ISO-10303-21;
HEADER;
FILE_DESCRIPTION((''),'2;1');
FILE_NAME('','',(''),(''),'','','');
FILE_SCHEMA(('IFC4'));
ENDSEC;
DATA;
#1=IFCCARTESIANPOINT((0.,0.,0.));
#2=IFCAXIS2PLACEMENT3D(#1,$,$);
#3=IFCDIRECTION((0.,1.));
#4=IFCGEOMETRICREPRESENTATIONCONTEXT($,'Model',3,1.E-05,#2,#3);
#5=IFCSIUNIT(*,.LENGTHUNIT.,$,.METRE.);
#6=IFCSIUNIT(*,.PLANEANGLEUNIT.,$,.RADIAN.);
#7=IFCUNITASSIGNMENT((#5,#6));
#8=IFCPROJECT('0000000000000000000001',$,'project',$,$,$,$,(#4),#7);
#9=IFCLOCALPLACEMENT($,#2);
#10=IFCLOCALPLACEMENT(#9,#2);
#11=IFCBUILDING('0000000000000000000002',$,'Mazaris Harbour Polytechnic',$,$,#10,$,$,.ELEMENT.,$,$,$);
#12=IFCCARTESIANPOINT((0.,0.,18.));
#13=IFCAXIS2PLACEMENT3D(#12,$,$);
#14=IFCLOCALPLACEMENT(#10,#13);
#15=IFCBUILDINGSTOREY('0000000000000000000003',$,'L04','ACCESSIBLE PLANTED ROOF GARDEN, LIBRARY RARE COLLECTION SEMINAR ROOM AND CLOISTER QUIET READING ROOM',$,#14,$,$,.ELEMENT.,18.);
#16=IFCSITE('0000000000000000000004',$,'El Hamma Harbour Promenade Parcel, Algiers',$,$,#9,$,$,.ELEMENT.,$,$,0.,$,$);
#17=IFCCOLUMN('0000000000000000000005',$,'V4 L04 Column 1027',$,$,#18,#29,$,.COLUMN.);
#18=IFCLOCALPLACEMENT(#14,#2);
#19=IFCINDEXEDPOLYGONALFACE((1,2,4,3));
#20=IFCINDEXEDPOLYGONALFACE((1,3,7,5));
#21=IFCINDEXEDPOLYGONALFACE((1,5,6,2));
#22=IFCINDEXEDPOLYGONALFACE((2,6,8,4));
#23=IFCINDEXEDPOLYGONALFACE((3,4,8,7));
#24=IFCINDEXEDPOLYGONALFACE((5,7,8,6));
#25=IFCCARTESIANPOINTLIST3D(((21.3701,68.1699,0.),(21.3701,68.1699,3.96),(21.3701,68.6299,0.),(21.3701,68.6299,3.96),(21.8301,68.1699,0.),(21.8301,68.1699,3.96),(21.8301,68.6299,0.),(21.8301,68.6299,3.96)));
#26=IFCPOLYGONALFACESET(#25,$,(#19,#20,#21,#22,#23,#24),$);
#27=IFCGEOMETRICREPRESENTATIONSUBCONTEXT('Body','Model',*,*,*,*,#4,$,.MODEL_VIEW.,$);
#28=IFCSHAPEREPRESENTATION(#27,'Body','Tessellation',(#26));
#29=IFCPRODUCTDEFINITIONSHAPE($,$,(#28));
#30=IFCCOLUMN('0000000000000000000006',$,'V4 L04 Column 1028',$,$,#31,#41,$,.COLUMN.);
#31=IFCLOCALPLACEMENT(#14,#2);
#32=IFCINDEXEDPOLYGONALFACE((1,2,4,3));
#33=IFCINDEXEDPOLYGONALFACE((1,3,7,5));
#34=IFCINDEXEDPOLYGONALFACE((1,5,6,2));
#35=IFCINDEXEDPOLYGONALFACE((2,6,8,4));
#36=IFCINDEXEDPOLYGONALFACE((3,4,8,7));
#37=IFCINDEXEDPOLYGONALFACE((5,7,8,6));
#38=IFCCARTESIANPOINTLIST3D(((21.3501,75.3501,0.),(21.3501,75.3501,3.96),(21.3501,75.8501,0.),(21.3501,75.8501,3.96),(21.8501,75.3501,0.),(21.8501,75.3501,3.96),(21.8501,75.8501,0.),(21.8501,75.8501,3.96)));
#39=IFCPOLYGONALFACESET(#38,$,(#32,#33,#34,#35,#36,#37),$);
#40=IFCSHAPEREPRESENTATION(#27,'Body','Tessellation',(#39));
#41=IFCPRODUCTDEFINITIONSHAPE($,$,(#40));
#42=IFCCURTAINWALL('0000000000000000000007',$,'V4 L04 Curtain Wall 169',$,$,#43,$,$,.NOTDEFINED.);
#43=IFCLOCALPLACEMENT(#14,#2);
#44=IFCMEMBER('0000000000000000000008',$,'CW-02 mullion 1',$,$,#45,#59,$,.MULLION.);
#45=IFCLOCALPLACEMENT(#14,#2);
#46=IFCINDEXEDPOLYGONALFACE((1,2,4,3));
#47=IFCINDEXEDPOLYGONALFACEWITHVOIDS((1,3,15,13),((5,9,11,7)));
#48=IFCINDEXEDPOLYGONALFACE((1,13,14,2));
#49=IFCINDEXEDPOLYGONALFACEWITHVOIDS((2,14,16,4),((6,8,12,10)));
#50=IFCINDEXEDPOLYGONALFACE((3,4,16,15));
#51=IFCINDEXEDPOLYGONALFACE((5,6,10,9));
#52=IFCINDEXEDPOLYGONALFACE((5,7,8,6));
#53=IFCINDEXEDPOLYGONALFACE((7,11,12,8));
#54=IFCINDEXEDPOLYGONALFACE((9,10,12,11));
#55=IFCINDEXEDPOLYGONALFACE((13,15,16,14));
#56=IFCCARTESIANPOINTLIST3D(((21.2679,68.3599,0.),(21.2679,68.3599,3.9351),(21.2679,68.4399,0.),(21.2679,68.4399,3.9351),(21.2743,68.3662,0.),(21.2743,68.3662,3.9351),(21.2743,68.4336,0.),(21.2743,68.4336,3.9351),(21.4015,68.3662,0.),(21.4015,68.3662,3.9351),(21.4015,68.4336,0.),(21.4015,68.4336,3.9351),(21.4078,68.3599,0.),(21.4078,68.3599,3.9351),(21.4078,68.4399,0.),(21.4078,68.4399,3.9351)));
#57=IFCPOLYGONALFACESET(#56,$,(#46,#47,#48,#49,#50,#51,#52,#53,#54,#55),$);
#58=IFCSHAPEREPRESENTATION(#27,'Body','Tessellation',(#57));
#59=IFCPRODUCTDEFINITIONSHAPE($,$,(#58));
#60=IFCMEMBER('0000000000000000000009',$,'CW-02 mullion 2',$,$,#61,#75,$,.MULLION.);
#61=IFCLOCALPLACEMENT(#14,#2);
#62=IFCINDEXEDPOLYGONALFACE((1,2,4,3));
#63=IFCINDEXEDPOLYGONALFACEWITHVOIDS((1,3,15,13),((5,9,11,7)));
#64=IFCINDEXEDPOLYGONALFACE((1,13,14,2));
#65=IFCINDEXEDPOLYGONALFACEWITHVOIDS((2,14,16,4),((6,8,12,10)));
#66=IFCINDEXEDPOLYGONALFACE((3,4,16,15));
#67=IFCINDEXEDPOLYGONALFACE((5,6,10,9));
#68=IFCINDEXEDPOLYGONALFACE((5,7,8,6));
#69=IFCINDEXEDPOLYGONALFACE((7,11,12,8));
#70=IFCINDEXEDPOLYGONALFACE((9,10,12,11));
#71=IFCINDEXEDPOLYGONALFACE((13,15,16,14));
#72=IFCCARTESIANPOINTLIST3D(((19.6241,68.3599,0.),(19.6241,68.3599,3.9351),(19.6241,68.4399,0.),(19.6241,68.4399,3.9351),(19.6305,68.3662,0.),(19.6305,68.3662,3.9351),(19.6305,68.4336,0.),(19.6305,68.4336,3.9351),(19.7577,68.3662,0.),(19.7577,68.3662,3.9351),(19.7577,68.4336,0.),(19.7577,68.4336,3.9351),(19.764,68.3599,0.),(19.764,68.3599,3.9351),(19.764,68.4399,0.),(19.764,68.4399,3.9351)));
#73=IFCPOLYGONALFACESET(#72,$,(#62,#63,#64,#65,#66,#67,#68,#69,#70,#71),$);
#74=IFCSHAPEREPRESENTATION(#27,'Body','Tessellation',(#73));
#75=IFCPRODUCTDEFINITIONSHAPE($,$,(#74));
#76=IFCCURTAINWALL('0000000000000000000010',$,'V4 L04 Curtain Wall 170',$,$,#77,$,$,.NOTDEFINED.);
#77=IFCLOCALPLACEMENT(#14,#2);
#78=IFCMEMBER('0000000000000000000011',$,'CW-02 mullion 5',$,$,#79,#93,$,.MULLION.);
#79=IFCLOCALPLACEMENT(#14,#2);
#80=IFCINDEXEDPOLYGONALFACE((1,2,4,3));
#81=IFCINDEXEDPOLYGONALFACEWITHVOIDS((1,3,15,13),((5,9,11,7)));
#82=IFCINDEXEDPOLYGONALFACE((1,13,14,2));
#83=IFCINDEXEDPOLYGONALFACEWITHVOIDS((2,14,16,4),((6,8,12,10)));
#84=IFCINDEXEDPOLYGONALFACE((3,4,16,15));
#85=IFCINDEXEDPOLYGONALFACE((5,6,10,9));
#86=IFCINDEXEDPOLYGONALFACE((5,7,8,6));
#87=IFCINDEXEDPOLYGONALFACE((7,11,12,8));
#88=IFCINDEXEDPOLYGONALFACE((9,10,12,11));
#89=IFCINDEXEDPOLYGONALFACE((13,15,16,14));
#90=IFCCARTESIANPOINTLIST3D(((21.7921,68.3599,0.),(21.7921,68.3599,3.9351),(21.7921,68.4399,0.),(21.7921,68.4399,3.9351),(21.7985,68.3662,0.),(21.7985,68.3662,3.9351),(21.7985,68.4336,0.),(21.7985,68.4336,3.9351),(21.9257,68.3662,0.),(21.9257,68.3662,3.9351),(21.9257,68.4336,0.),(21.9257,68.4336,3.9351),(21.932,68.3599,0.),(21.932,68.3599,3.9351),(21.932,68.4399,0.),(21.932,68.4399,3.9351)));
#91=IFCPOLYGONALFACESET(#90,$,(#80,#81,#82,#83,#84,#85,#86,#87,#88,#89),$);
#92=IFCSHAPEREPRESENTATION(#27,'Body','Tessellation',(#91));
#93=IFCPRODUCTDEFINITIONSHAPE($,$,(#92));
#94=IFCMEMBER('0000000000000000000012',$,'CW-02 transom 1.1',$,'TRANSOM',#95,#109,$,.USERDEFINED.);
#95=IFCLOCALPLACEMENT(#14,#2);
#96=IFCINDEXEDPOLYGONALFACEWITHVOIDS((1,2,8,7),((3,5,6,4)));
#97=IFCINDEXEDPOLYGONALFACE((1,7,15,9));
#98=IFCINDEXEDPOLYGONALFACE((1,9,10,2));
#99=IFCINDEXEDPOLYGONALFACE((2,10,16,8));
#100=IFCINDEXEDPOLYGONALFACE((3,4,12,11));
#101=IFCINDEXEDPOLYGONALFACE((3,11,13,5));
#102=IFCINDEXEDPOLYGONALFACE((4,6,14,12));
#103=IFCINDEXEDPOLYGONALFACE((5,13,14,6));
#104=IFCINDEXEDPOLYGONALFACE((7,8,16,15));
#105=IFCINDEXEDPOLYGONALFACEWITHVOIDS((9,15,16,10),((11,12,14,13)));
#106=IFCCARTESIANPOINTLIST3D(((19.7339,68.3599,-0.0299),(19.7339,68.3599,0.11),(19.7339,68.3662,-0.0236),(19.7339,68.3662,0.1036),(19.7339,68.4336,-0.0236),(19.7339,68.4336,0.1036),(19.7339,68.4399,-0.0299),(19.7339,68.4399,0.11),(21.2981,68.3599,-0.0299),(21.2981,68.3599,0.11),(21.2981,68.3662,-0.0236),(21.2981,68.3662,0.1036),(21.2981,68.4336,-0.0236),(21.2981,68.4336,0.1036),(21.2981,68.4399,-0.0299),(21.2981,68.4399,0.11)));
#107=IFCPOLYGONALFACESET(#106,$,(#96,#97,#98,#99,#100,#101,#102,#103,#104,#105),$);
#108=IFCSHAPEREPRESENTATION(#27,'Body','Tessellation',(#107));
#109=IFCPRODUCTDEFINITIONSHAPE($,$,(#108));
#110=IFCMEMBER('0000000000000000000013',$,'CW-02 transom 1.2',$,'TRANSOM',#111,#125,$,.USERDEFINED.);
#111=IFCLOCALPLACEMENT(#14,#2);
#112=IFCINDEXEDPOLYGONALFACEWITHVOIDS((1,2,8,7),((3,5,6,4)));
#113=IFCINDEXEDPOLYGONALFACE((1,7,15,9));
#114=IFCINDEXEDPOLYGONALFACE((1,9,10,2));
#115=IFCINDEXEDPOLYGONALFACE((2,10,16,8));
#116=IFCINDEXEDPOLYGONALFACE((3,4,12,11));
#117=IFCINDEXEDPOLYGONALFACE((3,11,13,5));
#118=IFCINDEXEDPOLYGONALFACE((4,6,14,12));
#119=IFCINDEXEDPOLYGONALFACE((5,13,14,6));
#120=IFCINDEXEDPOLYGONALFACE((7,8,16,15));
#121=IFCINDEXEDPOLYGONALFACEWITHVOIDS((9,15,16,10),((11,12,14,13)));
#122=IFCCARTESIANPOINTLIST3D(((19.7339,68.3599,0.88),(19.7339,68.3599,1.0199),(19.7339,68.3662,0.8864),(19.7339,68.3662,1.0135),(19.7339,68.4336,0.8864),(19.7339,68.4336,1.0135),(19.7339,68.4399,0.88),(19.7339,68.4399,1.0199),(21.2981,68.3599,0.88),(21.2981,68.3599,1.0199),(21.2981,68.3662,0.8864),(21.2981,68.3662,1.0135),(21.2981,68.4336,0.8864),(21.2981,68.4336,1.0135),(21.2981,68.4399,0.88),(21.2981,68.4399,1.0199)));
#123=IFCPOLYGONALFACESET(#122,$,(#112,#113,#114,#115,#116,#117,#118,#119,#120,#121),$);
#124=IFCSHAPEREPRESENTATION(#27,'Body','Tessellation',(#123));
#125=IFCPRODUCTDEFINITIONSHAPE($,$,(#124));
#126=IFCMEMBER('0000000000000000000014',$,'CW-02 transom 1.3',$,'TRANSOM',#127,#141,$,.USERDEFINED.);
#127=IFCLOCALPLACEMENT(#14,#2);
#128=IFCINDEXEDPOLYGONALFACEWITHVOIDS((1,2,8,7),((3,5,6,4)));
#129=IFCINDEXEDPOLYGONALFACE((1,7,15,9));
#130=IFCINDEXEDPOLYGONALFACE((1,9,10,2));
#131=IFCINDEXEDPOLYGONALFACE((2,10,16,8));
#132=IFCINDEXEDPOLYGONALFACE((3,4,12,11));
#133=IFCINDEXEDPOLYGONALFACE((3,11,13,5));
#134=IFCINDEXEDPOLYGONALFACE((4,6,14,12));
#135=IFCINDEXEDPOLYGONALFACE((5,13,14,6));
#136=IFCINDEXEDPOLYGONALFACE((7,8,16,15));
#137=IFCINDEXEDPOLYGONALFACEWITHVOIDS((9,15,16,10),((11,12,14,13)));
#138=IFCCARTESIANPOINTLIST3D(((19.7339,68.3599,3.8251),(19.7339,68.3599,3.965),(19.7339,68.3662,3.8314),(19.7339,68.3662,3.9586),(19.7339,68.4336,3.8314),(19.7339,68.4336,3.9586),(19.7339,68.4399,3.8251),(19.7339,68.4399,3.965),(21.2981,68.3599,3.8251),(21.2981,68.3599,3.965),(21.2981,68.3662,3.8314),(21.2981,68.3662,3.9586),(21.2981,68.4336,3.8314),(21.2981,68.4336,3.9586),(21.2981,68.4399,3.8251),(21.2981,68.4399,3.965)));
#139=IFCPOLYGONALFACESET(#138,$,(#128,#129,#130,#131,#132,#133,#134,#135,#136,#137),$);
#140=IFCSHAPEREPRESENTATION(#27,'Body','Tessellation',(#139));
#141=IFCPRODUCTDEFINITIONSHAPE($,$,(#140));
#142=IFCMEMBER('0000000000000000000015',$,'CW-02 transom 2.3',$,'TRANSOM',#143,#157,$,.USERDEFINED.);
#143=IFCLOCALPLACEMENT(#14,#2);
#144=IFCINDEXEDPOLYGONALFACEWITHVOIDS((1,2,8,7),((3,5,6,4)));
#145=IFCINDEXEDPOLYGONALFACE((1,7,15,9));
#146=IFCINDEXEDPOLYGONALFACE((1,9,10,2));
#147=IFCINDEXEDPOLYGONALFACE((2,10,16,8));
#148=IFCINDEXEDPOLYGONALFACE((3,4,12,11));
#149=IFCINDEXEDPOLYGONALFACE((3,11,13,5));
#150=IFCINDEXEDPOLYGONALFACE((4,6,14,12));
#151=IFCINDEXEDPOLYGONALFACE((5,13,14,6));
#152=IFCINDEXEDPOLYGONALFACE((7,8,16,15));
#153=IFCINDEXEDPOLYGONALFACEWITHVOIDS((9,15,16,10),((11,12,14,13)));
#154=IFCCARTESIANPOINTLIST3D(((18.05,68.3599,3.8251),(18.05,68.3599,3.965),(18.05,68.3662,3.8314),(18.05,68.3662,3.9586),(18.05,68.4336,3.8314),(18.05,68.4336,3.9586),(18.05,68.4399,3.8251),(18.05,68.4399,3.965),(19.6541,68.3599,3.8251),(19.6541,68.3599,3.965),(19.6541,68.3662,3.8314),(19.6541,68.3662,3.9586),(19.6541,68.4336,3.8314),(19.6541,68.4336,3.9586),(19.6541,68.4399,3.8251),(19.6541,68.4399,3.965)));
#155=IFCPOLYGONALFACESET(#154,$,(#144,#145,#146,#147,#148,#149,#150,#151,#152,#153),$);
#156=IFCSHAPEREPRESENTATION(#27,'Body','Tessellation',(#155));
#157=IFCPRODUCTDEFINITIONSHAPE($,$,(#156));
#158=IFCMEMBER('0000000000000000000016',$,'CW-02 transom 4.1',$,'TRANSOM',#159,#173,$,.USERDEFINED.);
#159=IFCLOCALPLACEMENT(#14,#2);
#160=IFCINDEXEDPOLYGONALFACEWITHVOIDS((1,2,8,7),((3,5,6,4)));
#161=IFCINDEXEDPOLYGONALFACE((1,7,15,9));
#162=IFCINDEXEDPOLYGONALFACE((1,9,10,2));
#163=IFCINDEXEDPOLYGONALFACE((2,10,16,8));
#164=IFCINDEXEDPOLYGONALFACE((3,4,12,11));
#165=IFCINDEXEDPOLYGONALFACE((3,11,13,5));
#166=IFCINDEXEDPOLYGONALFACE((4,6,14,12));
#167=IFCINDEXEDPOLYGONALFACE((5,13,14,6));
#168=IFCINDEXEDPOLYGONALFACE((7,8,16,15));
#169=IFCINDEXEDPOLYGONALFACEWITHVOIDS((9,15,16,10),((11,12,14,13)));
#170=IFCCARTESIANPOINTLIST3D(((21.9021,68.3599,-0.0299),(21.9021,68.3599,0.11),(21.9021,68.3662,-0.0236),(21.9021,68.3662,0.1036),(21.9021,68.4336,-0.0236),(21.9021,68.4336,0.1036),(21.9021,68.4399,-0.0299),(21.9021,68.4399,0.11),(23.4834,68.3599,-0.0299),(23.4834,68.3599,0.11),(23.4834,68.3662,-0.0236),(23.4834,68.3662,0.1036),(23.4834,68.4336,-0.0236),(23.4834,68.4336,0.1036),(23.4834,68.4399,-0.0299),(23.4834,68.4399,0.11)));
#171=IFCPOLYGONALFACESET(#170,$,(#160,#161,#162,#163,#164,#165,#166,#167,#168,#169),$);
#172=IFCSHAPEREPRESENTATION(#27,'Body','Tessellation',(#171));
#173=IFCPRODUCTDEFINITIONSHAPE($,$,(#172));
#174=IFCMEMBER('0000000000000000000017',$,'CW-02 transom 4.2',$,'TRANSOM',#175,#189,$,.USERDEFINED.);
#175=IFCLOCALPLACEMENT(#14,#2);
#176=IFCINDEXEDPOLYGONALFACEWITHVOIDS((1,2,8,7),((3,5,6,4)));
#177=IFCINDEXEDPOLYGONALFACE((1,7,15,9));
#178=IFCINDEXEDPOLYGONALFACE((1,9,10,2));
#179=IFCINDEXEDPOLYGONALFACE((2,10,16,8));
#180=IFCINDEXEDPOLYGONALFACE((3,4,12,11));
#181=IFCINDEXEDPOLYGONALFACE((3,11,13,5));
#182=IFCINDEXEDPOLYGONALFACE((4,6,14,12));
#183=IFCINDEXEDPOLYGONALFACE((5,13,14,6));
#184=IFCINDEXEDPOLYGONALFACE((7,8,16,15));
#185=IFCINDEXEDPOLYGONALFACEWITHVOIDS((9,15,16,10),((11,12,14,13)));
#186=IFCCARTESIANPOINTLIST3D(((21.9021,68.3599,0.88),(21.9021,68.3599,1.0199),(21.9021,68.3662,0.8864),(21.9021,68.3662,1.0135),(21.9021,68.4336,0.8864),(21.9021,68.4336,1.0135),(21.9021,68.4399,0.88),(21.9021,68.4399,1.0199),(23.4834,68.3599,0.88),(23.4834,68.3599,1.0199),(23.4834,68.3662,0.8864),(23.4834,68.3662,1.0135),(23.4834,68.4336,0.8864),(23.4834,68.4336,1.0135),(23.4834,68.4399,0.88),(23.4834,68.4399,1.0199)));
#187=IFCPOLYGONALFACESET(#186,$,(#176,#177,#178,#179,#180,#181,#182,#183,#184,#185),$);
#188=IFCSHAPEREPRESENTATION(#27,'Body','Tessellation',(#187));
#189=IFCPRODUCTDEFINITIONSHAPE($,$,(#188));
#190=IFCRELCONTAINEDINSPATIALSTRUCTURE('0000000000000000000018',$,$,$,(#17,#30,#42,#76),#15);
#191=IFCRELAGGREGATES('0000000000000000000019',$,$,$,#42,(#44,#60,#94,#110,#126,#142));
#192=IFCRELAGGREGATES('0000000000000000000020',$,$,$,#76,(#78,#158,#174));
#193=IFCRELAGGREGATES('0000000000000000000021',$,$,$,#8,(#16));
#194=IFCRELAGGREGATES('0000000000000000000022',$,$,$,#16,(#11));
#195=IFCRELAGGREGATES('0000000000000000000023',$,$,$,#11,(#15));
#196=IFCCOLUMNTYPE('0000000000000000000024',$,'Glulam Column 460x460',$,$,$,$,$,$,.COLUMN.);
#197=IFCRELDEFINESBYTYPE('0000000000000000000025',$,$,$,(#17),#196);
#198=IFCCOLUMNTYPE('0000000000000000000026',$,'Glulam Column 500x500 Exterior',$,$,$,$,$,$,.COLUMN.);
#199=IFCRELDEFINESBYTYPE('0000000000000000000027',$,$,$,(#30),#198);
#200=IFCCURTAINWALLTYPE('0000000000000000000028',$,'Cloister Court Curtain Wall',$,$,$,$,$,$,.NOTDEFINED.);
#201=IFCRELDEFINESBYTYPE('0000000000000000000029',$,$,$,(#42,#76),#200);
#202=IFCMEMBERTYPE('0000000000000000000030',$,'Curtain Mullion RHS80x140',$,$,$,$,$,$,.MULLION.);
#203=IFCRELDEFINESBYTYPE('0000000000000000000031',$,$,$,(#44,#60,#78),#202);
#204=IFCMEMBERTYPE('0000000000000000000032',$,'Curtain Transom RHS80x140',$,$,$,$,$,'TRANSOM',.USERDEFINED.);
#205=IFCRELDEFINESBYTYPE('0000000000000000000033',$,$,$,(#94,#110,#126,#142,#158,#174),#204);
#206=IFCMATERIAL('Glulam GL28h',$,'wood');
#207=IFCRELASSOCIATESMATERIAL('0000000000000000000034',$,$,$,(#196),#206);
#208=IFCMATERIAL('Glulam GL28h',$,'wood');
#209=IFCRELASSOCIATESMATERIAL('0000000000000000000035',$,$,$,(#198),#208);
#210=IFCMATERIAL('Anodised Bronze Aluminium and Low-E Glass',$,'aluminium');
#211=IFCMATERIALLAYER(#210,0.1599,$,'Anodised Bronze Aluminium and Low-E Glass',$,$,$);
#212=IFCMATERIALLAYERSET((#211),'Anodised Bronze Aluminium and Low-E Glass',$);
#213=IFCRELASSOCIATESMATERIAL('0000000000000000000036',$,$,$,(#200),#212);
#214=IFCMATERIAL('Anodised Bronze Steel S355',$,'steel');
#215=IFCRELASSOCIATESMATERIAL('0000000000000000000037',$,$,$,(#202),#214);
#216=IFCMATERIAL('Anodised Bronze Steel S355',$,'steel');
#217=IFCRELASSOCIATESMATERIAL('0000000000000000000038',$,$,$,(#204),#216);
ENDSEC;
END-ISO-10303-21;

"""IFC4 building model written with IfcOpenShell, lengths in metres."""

from ifc_helpers import new_model, si_unit, direction, frame, origin, origin_2d, place, context, subcontext, project, spatial, rectangle, hollow_rectangle, extrude, material, layer, layer_set, material_profile, profile_set, type_object, element, aggregate, save


model = new_model("IFC4")

# Units and contexts
model_context = context("Model", 3, precision=1e-05, world=origin(), true_north=direction((0.0, 1.0)))
body_context = subcontext(model_context, "Body", "Model", "MODEL_VIEW")
ifc_project = project(units=[si_unit("LENGTHUNIT", "METRE"), si_unit("PLANEANGLEUNIT", "RADIAN")], contexts=[model_context])

# Site, building, storey
site_placement = place(None, origin())
site = spatial("IfcSite", under=ifc_project, at=site_placement, Name="El Hamma Harbour Promenade Parcel, Algiers", CompositionType="ELEMENT", RefElevation=0.0)
building_placement = place(site_placement, origin())
building = spatial("IfcBuilding", under=site, at=building_placement, Name="Mazaris Harbour Polytechnic", CompositionType="ELEMENT")
storey_placement = place(building_placement, frame((0.0, 0.0, 18.0)))
storey = spatial("IfcBuildingStorey", under=building, at=storey_placement, Name="L04", Description="ACCESSIBLE PLANTED ROOF GARDEN, LIBRARY RARE COLLECTION SEMINAR ROOM AND CLOISTER QUIET READING ROOM", CompositionType="ELEMENT", Elevation=18.0)

# Columns
ifc_material_1 = material(Name="Glulam GL28h", Category="wood")
ifc_material_profile_1 = material_profile(ifc_material_1, rectangle(XDim=0.46, YDim=0.46, at=origin_2d()), Name="RECT460x460")
ifc_profile_set_1 = profile_set([ifc_material_profile_1], Name="Glulam GL28h")
column_type_1 = type_object("IfcColumnType", Name="Glulam Column 460x460", PredefinedType="COLUMN", material=ifc_profile_set_1)
column_1_placement = place(storey_placement, frame((21.6001, 68.3999, 0.0), z_axis=(0.0, 0.0, 1.0), x_axis=(1.0, 0.0, 0.0)))
element("IfcColumn", 1, at=column_1_placement, inside=storey, type_object=column_type_1, Name="V4 L04 Column 1027", PredefinedType="COLUMN", context=body_context, shape_type="SweptSolid", body=[
    extrude(rectangle(XDim=0.46, YDim=0.46, at=origin_2d()), origin(), (0.0, 0.0, 1.0), 3.96),
])
ifc_material_2 = material(Name="Glulam GL28h", Category="wood")
ifc_material_profile_2 = material_profile(ifc_material_2, rectangle(XDim=0.5, YDim=0.5, at=origin_2d()), Name="RECT500x500")
ifc_profile_set_2 = profile_set([ifc_material_profile_2], Name="Glulam GL28h")
column_type_2 = type_object("IfcColumnType", Name="Glulam Column 500x500 Exterior", PredefinedType="COLUMN", material=ifc_profile_set_2)
column_2_placement = place(storey_placement, frame((21.6001, 75.6001, 0.0), z_axis=(0.0, 0.0, 1.0), x_axis=(1.0, 0.0, 0.0)))
element("IfcColumn", 2, at=column_2_placement, inside=storey, type_object=column_type_2, Name="V4 L04 Column 1028", PredefinedType="COLUMN", context=body_context, shape_type="SweptSolid", body=[
    extrude(rectangle(XDim=0.5, YDim=0.5, at=origin_2d()), origin(), (0.0, 0.0, 1.0), 3.96),
])

# Curtain wall, members
ifc_material_3 = material(Name="Anodised Bronze Aluminium and Low-E Glass", Category="aluminium")
ifc_layer_1 = layer(ifc_material_3, 0.1599, Name="Anodised Bronze Aluminium and Low-E Glass")
ifc_layer_set_1 = layer_set([ifc_layer_1], Name="Anodised Bronze Aluminium and Low-E Glass")
curtain_wall_type = type_object("IfcCurtainWallType", Name="Cloister Court Curtain Wall", PredefinedType="NOTDEFINED", material=ifc_layer_set_1)
curtain_wall_1_placement = place(storey_placement, origin())
curtain_wall_1 = element("IfcCurtainWall", 3, at=curtain_wall_1_placement, inside=storey, type_object=curtain_wall_type, Name="V4 L04 Curtain Wall 169", PredefinedType="NOTDEFINED")
ifc_material_4 = material(Name="Anodised Bronze Steel S355", Category="steel")
ifc_material_profile_3 = material_profile(ifc_material_4, hollow_rectangle(XDim=0.0801, YDim=0.1399, WallThickness=0.0063, at=origin_2d()), Name="RHS 80x140x6.3")
ifc_profile_set_3 = profile_set([ifc_material_profile_3], Name="Anodised Bronze Steel S355")
member_type_1 = type_object("IfcMemberType", Name="Curtain Mullion RHS80x140", PredefinedType="MULLION", material=ifc_profile_set_3)
member_1_placement = place(storey_placement, frame((21.3379, 68.3999, 0.0), z_axis=(0.0, 0.0, 1.0), x_axis=(0.0, -1.0, 0.0)))
member_1 = element("IfcMember", 4, at=member_1_placement, type_object=member_type_1, Name="CW-02 mullion 1", PredefinedType="MULLION", context=body_context, shape_type="SweptSolid", body=[
    extrude(hollow_rectangle(XDim=0.0801, YDim=0.1399, WallThickness=0.0063, at=origin_2d()), origin(), (0.0, 0.0, 1.0), 3.9351),
])
member_2_placement = place(storey_placement, frame((19.6941, 68.3999, 0.0), z_axis=(0.0, 0.0, 1.0), x_axis=(0.0, -1.0, 0.0)))
member_2 = element("IfcMember", 5, at=member_2_placement, type_object=member_type_1, Name="CW-02 mullion 2", PredefinedType="MULLION", context=body_context, shape_type="SweptSolid", body=[
    extrude(hollow_rectangle(XDim=0.0801, YDim=0.1399, WallThickness=0.0063, at=origin_2d()), origin(), (0.0, 0.0, 1.0), 3.9351),
])

# Curtain wall, member
curtain_wall_2_placement = place(storey_placement, origin())
curtain_wall_2 = element("IfcCurtainWall", 6, at=curtain_wall_2_placement, inside=storey, type_object=curtain_wall_type, Name="V4 L04 Curtain Wall 170", PredefinedType="NOTDEFINED")
member_3_placement = place(storey_placement, frame((21.8621, 68.3999, 0.0), z_axis=(0.0, 0.0, 1.0), x_axis=(0.0, -1.0, 0.0)))
member_3 = element("IfcMember", 7, at=member_3_placement, type_object=member_type_1, Name="CW-02 mullion 5", PredefinedType="MULLION", context=body_context, shape_type="SweptSolid", body=[
    extrude(hollow_rectangle(XDim=0.0801, YDim=0.1399, WallThickness=0.0063, at=origin_2d()), origin(), (0.0, 0.0, 1.0), 3.9351),
])

# Members
ifc_material_5 = material(Name="Anodised Bronze Steel S355", Category="steel")
ifc_material_profile_4 = material_profile(ifc_material_5, hollow_rectangle(XDim=0.0801, YDim=0.1399, WallThickness=0.0063, at=origin_2d()), Name="RHS 80x140x6.3")
ifc_profile_set_4 = profile_set([ifc_material_profile_4], Name="Anodised Bronze Steel S355")
member_type_2 = type_object("IfcMemberType", Name="Curtain Transom RHS80x140", ElementType="TRANSOM", PredefinedType="USERDEFINED", material=ifc_profile_set_4)
member_4_placement = place(storey_placement, frame((21.2981, 68.3999, 0.04), z_axis=(-1.0, 0.0, 0.0), x_axis=(0.0, -1.0, 0.0)))
member_4 = element("IfcMember", 8, at=member_4_placement, type_object=member_type_2, Name="CW-02 transom 1.1", ObjectType="TRANSOM", PredefinedType="USERDEFINED", context=body_context, shape_type="SweptSolid", body=[
    extrude(hollow_rectangle(XDim=0.0801, YDim=0.1399, WallThickness=0.0063, at=origin_2d()), origin(), (0.0, 0.0, 1.0), 1.5642),
])
member_5_placement = place(storey_placement, frame((21.2981, 68.3999, 0.95), z_axis=(-1.0, 0.0, 0.0), x_axis=(0.0, -1.0, 0.0)))
member_5 = element("IfcMember", 9, at=member_5_placement, type_object=member_type_2, Name="CW-02 transom 1.2", ObjectType="TRANSOM", PredefinedType="USERDEFINED", context=body_context, shape_type="SweptSolid", body=[
    extrude(hollow_rectangle(XDim=0.0801, YDim=0.1399, WallThickness=0.0063, at=origin_2d()), origin(), (0.0, 0.0, 1.0), 1.5642),
])
member_6_placement = place(storey_placement, frame((21.2981, 68.3999, 3.895), z_axis=(-1.0, 0.0, 0.0), x_axis=(0.0, -1.0, 0.0)))
member_6 = element("IfcMember", 10, at=member_6_placement, type_object=member_type_2, Name="CW-02 transom 1.3", ObjectType="TRANSOM", PredefinedType="USERDEFINED", context=body_context, shape_type="SweptSolid", body=[
    extrude(hollow_rectangle(XDim=0.0801, YDim=0.1399, WallThickness=0.0063, at=origin_2d()), origin(), (0.0, 0.0, 1.0), 1.5642),
])
member_7_placement = place(storey_placement, frame((19.6541, 68.3999, 3.895), z_axis=(-1.0, 0.0, 0.0), x_axis=(0.0, -1.0, 0.0)))
member_7 = element("IfcMember", 11, at=member_7_placement, type_object=member_type_2, Name="CW-02 transom 2.3", ObjectType="TRANSOM", PredefinedType="USERDEFINED", context=body_context, shape_type="SweptSolid", body=[
    extrude(hollow_rectangle(XDim=0.0801, YDim=0.1399, WallThickness=0.0063, at=origin_2d()), origin(), (0.0, 0.0, 1.0), 1.604),
])
member_8_placement = place(storey_placement, frame((23.4834, 68.3999, 0.04), z_axis=(-1.0, 0.0, 0.0), x_axis=(0.0, -1.0, 0.0)))
member_8 = element("IfcMember", 12, at=member_8_placement, type_object=member_type_2, Name="CW-02 transom 4.1", ObjectType="TRANSOM", PredefinedType="USERDEFINED", context=body_context, shape_type="SweptSolid", body=[
    extrude(hollow_rectangle(XDim=0.0801, YDim=0.1399, WallThickness=0.0063, at=origin_2d()), origin(), (0.0, 0.0, 1.0), 1.5813),
])
member_9_placement = place(storey_placement, frame((23.4834, 68.3999, 0.95), z_axis=(-1.0, 0.0, 0.0), x_axis=(0.0, -1.0, 0.0)))
member_9 = element("IfcMember", 13, at=member_9_placement, type_object=member_type_2, Name="CW-02 transom 4.2", ObjectType="TRANSOM", PredefinedType="USERDEFINED", context=body_context, shape_type="SweptSolid", body=[
    extrude(hollow_rectangle(XDim=0.0801, YDim=0.1399, WallThickness=0.0063, at=origin_2d()), origin(), (0.0, 0.0, 1.0), 1.5813),
])

aggregate(curtain_wall_1, [member_1, member_2, member_4, member_5, member_6, member_7])
aggregate(curtain_wall_2, [member_3, member_8, member_9])

save(model, "model.ifc")
